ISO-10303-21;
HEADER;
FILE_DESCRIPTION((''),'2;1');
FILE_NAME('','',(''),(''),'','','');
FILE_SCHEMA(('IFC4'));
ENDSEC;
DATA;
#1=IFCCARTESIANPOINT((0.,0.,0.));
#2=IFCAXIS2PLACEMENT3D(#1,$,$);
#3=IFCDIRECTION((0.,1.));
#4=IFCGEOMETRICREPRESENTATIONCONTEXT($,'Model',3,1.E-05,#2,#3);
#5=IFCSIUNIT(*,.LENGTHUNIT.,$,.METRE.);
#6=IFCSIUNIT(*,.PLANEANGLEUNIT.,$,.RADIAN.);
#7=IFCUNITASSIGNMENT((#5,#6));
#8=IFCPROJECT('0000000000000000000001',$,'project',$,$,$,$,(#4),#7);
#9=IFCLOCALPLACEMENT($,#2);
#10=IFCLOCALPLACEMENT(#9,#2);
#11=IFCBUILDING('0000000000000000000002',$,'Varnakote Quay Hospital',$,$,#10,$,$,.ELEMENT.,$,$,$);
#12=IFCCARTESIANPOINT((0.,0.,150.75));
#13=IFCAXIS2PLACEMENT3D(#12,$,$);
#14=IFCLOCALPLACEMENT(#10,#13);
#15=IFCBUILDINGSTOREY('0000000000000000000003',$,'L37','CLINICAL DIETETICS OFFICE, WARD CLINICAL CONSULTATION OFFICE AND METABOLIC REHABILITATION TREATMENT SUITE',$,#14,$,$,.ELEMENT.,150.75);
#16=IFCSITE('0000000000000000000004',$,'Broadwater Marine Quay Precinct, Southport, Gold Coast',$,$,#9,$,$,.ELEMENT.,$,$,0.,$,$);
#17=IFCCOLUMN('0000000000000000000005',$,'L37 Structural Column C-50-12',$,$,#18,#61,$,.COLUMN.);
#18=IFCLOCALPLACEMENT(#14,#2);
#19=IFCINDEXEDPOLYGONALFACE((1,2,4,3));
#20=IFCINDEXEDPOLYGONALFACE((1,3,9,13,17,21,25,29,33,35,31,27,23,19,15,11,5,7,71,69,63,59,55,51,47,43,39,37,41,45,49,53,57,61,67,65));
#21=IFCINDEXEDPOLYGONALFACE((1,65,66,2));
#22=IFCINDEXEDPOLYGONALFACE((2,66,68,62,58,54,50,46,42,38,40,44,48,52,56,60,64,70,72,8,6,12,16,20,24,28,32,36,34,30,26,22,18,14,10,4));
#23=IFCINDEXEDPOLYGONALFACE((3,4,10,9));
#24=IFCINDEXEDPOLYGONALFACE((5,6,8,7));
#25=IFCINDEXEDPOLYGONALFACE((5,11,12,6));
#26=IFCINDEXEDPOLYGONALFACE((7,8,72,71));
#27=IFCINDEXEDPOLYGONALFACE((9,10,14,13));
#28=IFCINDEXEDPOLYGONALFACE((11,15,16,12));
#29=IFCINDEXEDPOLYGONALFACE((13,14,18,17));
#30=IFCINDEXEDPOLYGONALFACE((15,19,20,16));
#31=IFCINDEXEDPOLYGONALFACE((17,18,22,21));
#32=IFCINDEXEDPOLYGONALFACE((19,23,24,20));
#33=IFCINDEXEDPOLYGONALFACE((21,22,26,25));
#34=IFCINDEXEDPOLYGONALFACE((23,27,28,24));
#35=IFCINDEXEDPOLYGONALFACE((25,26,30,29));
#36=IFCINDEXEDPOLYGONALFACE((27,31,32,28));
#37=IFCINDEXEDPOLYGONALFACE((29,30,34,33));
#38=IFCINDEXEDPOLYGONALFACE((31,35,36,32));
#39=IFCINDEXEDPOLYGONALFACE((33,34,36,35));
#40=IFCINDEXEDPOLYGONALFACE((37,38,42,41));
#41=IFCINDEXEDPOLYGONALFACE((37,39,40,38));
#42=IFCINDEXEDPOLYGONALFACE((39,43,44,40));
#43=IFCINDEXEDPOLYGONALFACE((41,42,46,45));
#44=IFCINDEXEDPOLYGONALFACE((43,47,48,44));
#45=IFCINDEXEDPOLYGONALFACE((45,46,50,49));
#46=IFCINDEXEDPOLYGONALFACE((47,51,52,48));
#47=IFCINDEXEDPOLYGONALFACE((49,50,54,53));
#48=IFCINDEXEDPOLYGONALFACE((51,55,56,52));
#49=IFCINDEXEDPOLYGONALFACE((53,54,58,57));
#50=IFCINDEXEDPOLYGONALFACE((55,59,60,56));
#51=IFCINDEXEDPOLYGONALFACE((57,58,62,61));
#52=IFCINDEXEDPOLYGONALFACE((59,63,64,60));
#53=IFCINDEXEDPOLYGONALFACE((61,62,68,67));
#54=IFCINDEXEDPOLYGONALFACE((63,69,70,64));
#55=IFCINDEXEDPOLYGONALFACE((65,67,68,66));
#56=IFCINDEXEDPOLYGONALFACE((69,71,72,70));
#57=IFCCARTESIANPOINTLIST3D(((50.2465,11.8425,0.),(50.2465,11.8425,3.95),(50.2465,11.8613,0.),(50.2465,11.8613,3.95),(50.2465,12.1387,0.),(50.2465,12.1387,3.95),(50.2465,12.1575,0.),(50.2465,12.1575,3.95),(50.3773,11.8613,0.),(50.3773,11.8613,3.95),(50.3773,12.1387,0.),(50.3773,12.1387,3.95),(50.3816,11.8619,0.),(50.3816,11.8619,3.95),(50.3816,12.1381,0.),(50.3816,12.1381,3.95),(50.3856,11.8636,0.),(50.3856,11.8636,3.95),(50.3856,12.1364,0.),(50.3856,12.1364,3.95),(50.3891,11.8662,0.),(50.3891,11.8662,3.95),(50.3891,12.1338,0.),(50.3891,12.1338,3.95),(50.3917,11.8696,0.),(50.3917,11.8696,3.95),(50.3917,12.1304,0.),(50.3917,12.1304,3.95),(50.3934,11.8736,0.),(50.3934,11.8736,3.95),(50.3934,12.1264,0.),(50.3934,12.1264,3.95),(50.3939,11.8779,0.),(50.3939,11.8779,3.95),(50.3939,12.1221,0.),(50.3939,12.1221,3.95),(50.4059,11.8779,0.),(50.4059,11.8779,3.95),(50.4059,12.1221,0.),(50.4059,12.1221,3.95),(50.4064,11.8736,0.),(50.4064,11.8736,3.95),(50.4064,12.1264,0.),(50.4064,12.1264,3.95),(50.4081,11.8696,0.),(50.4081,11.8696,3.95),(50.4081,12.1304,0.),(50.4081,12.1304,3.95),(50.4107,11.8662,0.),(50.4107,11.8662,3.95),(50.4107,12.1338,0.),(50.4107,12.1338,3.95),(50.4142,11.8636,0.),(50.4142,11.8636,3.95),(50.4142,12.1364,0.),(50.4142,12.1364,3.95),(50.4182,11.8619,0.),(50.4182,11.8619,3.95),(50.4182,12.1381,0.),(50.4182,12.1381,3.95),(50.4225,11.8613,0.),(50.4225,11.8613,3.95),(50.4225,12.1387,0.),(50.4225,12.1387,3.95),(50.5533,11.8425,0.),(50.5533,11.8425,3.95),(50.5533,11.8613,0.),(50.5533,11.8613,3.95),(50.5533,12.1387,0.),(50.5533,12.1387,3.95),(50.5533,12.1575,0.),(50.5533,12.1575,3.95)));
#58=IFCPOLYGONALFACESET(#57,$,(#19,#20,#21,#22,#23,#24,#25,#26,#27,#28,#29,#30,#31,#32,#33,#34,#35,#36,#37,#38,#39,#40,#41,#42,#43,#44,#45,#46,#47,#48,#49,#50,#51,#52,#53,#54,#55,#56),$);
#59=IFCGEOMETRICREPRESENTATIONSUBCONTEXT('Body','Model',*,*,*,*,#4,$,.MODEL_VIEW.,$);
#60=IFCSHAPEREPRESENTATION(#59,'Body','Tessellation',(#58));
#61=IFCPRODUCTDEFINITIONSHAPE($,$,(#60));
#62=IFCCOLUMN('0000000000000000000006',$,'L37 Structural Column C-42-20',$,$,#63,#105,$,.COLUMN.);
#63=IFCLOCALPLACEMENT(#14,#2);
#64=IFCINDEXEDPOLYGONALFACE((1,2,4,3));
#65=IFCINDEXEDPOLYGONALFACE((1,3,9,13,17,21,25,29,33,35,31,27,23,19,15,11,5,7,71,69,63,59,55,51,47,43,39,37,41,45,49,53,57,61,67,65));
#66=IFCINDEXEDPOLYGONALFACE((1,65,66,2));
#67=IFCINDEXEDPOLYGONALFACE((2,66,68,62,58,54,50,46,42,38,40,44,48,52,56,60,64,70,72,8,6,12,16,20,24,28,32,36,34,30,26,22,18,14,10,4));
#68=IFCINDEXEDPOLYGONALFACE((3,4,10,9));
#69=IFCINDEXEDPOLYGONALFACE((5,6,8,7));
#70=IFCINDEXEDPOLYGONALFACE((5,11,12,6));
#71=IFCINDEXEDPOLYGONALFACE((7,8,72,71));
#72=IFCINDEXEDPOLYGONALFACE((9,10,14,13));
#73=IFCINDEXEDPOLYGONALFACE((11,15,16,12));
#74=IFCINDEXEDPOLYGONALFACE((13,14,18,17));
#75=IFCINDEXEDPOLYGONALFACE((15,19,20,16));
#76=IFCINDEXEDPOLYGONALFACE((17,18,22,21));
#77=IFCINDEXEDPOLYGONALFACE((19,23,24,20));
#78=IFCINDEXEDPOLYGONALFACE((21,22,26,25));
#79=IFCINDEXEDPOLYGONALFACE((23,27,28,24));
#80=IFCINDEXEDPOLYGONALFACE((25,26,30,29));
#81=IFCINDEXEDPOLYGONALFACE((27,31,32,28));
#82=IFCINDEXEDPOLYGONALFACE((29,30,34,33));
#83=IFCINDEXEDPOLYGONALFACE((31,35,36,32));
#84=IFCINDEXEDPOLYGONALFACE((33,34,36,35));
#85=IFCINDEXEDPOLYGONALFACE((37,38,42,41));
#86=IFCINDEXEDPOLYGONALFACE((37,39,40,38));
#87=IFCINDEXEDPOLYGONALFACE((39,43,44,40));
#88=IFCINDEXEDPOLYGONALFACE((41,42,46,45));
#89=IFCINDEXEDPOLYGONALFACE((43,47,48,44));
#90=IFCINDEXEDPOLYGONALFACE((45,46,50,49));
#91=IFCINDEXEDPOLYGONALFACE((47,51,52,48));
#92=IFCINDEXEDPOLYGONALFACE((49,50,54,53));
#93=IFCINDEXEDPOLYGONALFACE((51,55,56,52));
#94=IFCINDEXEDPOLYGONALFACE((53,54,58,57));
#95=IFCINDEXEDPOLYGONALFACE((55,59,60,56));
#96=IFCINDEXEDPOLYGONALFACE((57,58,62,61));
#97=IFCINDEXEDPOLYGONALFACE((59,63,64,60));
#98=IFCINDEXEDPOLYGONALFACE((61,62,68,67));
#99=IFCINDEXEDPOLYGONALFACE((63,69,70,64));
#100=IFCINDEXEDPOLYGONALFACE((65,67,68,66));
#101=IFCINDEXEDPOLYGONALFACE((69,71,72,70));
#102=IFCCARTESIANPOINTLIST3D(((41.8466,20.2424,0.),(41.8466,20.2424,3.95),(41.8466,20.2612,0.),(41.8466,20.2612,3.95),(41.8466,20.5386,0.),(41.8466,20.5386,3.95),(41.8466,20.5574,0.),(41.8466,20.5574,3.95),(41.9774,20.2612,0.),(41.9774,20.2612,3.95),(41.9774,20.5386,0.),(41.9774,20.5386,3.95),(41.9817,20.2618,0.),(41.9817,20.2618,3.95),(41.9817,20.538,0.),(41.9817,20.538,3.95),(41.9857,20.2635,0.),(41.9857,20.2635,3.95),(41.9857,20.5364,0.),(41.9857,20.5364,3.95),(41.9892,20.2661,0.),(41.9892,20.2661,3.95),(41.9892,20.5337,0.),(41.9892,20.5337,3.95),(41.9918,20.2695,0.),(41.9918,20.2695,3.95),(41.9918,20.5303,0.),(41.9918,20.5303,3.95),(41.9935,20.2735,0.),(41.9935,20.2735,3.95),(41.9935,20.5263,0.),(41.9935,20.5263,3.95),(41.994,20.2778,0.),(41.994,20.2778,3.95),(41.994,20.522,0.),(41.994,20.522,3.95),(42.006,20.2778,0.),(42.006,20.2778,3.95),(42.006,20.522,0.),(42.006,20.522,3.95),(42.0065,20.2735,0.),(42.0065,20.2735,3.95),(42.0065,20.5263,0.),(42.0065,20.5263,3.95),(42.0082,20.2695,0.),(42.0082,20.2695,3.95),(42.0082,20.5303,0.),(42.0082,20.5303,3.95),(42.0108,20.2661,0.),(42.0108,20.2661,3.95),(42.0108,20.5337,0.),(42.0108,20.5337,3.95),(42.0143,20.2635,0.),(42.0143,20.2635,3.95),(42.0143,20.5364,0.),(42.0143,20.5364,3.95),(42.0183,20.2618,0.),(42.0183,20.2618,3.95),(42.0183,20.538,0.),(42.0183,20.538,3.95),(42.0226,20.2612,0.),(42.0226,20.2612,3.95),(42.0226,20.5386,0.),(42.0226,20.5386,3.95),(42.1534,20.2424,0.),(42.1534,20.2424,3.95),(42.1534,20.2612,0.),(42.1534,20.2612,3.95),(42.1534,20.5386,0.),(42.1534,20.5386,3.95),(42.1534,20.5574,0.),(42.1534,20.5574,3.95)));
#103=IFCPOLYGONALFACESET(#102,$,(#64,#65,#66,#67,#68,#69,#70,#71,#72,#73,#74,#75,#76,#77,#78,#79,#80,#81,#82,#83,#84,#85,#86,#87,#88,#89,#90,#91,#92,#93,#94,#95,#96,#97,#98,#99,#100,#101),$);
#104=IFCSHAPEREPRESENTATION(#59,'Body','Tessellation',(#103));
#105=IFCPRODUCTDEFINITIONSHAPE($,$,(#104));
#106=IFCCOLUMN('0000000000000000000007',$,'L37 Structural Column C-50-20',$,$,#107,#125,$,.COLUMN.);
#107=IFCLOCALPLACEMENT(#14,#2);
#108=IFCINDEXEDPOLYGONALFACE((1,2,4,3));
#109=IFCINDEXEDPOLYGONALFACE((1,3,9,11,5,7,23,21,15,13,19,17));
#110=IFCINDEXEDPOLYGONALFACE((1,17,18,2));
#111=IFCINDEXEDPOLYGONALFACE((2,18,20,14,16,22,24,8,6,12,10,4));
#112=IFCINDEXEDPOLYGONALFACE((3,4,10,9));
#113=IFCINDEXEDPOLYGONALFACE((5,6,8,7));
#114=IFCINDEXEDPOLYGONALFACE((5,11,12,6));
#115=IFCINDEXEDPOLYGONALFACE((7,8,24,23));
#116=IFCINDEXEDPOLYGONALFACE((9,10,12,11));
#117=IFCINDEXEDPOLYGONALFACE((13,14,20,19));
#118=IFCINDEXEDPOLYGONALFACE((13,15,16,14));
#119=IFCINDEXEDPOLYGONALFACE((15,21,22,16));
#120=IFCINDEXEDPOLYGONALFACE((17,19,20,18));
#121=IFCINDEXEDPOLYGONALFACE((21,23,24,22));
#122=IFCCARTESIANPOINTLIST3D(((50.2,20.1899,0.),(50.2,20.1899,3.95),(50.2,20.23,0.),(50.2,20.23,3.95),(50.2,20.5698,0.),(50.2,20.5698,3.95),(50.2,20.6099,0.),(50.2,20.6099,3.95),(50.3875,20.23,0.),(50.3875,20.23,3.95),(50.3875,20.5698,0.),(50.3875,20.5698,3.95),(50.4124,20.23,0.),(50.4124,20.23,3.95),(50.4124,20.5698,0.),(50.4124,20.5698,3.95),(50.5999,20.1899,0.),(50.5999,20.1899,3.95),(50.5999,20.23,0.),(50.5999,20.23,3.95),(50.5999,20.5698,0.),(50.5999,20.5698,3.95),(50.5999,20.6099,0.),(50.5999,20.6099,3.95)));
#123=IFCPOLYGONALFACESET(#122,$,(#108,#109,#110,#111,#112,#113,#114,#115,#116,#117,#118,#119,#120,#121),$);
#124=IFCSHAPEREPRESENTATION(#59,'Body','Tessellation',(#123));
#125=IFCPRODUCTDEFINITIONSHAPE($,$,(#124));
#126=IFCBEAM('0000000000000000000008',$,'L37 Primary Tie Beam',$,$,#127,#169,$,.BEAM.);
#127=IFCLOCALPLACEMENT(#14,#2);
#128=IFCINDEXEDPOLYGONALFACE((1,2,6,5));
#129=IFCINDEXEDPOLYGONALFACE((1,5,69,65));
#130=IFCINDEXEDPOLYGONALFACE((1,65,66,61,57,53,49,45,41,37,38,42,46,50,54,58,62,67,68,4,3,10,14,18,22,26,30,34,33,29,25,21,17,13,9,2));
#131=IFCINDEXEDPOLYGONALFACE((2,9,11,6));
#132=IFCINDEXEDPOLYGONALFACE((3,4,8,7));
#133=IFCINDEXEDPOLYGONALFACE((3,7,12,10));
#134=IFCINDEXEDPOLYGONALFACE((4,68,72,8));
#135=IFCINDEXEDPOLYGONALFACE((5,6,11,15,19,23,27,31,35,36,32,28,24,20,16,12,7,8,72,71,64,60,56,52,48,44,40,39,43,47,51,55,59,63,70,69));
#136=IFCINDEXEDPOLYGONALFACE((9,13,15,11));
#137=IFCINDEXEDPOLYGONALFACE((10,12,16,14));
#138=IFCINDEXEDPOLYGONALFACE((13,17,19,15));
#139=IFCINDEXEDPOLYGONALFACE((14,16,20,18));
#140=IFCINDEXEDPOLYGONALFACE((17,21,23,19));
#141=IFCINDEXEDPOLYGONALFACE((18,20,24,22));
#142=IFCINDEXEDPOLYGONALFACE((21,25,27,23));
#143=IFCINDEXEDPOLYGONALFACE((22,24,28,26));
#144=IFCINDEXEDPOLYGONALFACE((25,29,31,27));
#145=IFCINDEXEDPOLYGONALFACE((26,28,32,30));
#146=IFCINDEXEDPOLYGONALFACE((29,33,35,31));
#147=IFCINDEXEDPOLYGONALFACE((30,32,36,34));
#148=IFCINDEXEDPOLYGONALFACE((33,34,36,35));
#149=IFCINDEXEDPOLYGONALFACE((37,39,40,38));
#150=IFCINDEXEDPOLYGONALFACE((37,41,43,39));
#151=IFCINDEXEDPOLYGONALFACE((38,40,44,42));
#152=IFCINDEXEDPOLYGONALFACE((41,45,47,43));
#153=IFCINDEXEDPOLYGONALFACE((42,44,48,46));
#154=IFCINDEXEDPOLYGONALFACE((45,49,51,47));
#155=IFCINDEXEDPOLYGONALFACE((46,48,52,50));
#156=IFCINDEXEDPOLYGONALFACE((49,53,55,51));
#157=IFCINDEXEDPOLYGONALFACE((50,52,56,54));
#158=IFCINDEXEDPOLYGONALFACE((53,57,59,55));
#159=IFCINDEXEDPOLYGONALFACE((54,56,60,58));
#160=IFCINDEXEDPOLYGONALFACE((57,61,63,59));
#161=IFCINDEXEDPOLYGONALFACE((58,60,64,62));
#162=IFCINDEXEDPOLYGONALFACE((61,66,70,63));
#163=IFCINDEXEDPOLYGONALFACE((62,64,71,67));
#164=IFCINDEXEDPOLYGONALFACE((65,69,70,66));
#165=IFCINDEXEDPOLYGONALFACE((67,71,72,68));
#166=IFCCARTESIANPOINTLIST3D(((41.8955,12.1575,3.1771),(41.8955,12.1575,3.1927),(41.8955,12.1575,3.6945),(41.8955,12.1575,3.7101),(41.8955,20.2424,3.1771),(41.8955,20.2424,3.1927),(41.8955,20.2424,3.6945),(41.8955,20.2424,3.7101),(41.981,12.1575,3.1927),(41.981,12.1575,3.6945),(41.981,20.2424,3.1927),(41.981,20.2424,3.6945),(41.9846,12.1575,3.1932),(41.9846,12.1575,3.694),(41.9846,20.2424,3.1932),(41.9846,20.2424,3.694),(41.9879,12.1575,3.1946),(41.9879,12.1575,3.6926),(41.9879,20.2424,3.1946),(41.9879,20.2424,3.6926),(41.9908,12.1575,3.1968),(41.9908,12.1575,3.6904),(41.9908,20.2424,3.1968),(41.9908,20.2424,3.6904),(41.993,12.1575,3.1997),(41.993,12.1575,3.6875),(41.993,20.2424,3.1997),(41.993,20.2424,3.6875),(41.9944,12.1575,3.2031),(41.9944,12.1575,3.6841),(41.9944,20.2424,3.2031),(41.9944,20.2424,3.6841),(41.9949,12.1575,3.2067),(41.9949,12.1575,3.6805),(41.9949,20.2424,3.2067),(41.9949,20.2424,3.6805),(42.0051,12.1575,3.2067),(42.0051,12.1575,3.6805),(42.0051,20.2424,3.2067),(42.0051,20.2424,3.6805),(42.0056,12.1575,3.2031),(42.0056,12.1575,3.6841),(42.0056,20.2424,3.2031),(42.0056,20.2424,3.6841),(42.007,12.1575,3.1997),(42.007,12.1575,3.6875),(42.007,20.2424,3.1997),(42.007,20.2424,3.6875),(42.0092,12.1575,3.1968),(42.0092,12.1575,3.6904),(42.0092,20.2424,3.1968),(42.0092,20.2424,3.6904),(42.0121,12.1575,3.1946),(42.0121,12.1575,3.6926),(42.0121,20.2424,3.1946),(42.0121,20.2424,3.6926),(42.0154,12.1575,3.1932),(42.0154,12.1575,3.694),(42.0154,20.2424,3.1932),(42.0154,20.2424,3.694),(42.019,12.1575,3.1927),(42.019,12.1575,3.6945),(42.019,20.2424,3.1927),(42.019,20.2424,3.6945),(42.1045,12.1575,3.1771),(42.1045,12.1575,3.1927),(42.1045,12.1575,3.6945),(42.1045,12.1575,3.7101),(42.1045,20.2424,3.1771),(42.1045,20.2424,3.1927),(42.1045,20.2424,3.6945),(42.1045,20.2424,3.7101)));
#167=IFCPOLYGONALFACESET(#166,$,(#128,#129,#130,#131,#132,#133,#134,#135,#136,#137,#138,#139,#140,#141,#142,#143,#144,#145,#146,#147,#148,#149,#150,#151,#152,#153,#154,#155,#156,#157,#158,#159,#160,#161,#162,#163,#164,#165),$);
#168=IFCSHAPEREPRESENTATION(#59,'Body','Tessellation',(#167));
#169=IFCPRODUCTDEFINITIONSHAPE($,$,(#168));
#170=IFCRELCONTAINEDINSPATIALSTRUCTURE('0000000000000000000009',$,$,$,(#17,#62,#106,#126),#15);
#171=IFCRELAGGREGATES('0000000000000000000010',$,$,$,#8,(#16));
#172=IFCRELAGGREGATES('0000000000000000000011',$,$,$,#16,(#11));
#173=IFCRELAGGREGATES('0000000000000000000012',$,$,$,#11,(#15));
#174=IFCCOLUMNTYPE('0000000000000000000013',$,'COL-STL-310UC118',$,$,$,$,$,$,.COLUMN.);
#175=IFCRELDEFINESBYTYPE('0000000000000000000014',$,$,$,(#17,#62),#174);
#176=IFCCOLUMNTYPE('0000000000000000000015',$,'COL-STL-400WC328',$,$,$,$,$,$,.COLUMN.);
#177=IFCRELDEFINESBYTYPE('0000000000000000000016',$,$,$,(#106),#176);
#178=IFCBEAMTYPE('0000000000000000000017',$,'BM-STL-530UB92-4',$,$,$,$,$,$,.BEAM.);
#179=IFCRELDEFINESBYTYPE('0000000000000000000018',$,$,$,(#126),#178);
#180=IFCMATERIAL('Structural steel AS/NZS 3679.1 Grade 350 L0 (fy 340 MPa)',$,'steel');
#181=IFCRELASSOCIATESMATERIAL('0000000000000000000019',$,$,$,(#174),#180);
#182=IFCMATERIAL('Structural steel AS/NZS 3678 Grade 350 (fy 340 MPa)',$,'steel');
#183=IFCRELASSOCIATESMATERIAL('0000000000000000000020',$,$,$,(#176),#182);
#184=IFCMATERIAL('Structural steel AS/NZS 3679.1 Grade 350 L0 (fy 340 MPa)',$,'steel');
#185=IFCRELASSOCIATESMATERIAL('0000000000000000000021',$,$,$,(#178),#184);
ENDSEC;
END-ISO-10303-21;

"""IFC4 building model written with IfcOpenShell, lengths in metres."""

from ifc_helpers import new_model, si_unit, direction, frame, origin, origin_2d, place, context, subcontext, project, spatial, i_section, extrude, material, material_profile, profile_set, type_object, element, save


model = new_model("IFC4")

# Units and contexts
model_context = context("Model", 3, precision=1e-05, world=origin(), true_north=direction((0.0, 1.0)))
body_context = subcontext(model_context, "Body", "Model", "MODEL_VIEW")
ifc_project = project(units=[si_unit("LENGTHUNIT", "METRE"), si_unit("PLANEANGLEUNIT", "RADIAN")], contexts=[model_context])

# Site, building, storey
site_placement = place(None, origin())
site = spatial("IfcSite", under=ifc_project, at=site_placement, Name="Broadwater Marine Quay Precinct, Southport, Gold Coast", CompositionType="ELEMENT", RefElevation=0.0)
building_placement = place(site_placement, origin())
building = spatial("IfcBuilding", under=site, at=building_placement, Name="Varnakote Quay Hospital", CompositionType="ELEMENT")
storey_placement = place(building_placement, frame((0.0, 0.0, 150.75)))
storey = spatial("IfcBuildingStorey", under=building, at=storey_placement, Name="L37", Description="CLINICAL DIETETICS OFFICE, WARD CLINICAL CONSULTATION OFFICE AND METABOLIC REHABILITATION TREATMENT SUITE", CompositionType="ELEMENT", Elevation=150.75)

# Columns
ifc_material_1 = material(Name="Structural steel AS/NZS 3679.1 Grade 350 L0 (fy 340 MPa)", Category="steel")
ifc_material_profile_1 = material_profile(ifc_material_1, i_section(OverallWidth=0.3069, OverallDepth=0.3149, WebThickness=0.012, FlangeThickness=0.0188, FilletRadius=0.0166, at=origin_2d()), Name="310UC118")
ifc_profile_set_1 = profile_set([ifc_material_profile_1], Name="Structural steel AS/NZS 3679.1 Grade 350 L0 (fy 340 MPa)")
column_type_1 = type_object("IfcColumnType", Name="COL-STL-310UC118", PredefinedType="COLUMN", material=ifc_profile_set_1)
for number, where, z_axis, x_axis, name in (
    (1, (50.3999, 12.0, 0.0), (0.0, 0.0, 1.0), (1.0, 0.0, 0.0), "L37 Structural Column C-50-12"),
    (2, (42.0, 20.3999, 0.0), (0.0, 0.0, 1.0), (1.0, 0.0, 0.0), "L37 Structural Column C-42-20"),
):
    element("IfcColumn", number, at=place(storey_placement, frame(where, z_axis=z_axis, x_axis=x_axis)), inside=storey, type_object=column_type_1, Name=name, PredefinedType="COLUMN", context=body_context, shape_type="SweptSolid", body=[
        extrude(i_section(OverallWidth=0.3069, OverallDepth=0.3149, WebThickness=0.012, FlangeThickness=0.0188, FilletRadius=0.0166, at=origin_2d()), origin(), (0.0, 0.0, 1.0), 3.95),
    ])
ifc_material_2 = material(Name="Structural steel AS/NZS 3678 Grade 350 (fy 340 MPa)", Category="steel")
ifc_material_profile_2 = material_profile(ifc_material_2, i_section(OverallWidth=0.3999, OverallDepth=0.4199, WebThickness=0.0249, FlangeThickness=0.04, at=origin_2d()), Name="400WC328")
ifc_profile_set_2 = profile_set([ifc_material_profile_2], Name="Structural steel AS/NZS 3678 Grade 350 (fy 340 MPa)")
column_type_2 = type_object("IfcColumnType", Name="COL-STL-400WC328", PredefinedType="COLUMN", material=ifc_profile_set_2)
column_placement = place(storey_placement, frame((50.3999, 20.3999, 0.0), z_axis=(0.0, 0.0, 1.0), x_axis=(1.0, 0.0, 0.0)))
element("IfcColumn", 3, at=column_placement, inside=storey, type_object=column_type_2, Name="L37 Structural Column C-50-20", PredefinedType="COLUMN", context=body_context, shape_type="SweptSolid", body=[
    extrude(i_section(OverallWidth=0.3999, OverallDepth=0.4199, WebThickness=0.0249, FlangeThickness=0.04, at=origin_2d()), origin(), (0.0, 0.0, 1.0), 3.95),
])

# Beam
ifc_material_3 = material(Name="Structural steel AS/NZS 3679.1 Grade 350 L0 (fy 340 MPa)", Category="steel")
ifc_material_profile_3 = material_profile(ifc_material_3, i_section(OverallWidth=0.209, OverallDepth=0.533, WebThickness=0.0103, FlangeThickness=0.0156, FilletRadius=0.0139, at=origin_2d()), Name="530UB92.4")
ifc_profile_set_3 = profile_set([ifc_material_profile_3], Name="Structural steel AS/NZS 3679.1 Grade 350 L0 (fy 340 MPa)")
beam_type_1 = type_object("IfcBeamType", Name="BM-STL-530UB92-4", PredefinedType="BEAM", material=ifc_profile_set_3)
for number, where, z_axis, x_axis, name in (
    (4, (42.0, 12.1575, 3.4436), (0.0, 1.0, 0.0), (-1.0, 0.0, 0.0), "L37 Primary Tie Beam"),
):
    element("IfcBeam", number, at=place(storey_placement, frame(where, z_axis=z_axis, x_axis=x_axis)), inside=storey, type_object=beam_type_1, Name=name, PredefinedType="BEAM", context=body_context, shape_type="SweptSolid", body=[
        extrude(i_section(OverallWidth=0.209, OverallDepth=0.533, WebThickness=0.0103, FlangeThickness=0.0156, FilletRadius=0.0139, at=origin_2d()), origin(), (0.0, 0.0, 1.0), 8.085),
    ])

save(model, "model.ifc")
